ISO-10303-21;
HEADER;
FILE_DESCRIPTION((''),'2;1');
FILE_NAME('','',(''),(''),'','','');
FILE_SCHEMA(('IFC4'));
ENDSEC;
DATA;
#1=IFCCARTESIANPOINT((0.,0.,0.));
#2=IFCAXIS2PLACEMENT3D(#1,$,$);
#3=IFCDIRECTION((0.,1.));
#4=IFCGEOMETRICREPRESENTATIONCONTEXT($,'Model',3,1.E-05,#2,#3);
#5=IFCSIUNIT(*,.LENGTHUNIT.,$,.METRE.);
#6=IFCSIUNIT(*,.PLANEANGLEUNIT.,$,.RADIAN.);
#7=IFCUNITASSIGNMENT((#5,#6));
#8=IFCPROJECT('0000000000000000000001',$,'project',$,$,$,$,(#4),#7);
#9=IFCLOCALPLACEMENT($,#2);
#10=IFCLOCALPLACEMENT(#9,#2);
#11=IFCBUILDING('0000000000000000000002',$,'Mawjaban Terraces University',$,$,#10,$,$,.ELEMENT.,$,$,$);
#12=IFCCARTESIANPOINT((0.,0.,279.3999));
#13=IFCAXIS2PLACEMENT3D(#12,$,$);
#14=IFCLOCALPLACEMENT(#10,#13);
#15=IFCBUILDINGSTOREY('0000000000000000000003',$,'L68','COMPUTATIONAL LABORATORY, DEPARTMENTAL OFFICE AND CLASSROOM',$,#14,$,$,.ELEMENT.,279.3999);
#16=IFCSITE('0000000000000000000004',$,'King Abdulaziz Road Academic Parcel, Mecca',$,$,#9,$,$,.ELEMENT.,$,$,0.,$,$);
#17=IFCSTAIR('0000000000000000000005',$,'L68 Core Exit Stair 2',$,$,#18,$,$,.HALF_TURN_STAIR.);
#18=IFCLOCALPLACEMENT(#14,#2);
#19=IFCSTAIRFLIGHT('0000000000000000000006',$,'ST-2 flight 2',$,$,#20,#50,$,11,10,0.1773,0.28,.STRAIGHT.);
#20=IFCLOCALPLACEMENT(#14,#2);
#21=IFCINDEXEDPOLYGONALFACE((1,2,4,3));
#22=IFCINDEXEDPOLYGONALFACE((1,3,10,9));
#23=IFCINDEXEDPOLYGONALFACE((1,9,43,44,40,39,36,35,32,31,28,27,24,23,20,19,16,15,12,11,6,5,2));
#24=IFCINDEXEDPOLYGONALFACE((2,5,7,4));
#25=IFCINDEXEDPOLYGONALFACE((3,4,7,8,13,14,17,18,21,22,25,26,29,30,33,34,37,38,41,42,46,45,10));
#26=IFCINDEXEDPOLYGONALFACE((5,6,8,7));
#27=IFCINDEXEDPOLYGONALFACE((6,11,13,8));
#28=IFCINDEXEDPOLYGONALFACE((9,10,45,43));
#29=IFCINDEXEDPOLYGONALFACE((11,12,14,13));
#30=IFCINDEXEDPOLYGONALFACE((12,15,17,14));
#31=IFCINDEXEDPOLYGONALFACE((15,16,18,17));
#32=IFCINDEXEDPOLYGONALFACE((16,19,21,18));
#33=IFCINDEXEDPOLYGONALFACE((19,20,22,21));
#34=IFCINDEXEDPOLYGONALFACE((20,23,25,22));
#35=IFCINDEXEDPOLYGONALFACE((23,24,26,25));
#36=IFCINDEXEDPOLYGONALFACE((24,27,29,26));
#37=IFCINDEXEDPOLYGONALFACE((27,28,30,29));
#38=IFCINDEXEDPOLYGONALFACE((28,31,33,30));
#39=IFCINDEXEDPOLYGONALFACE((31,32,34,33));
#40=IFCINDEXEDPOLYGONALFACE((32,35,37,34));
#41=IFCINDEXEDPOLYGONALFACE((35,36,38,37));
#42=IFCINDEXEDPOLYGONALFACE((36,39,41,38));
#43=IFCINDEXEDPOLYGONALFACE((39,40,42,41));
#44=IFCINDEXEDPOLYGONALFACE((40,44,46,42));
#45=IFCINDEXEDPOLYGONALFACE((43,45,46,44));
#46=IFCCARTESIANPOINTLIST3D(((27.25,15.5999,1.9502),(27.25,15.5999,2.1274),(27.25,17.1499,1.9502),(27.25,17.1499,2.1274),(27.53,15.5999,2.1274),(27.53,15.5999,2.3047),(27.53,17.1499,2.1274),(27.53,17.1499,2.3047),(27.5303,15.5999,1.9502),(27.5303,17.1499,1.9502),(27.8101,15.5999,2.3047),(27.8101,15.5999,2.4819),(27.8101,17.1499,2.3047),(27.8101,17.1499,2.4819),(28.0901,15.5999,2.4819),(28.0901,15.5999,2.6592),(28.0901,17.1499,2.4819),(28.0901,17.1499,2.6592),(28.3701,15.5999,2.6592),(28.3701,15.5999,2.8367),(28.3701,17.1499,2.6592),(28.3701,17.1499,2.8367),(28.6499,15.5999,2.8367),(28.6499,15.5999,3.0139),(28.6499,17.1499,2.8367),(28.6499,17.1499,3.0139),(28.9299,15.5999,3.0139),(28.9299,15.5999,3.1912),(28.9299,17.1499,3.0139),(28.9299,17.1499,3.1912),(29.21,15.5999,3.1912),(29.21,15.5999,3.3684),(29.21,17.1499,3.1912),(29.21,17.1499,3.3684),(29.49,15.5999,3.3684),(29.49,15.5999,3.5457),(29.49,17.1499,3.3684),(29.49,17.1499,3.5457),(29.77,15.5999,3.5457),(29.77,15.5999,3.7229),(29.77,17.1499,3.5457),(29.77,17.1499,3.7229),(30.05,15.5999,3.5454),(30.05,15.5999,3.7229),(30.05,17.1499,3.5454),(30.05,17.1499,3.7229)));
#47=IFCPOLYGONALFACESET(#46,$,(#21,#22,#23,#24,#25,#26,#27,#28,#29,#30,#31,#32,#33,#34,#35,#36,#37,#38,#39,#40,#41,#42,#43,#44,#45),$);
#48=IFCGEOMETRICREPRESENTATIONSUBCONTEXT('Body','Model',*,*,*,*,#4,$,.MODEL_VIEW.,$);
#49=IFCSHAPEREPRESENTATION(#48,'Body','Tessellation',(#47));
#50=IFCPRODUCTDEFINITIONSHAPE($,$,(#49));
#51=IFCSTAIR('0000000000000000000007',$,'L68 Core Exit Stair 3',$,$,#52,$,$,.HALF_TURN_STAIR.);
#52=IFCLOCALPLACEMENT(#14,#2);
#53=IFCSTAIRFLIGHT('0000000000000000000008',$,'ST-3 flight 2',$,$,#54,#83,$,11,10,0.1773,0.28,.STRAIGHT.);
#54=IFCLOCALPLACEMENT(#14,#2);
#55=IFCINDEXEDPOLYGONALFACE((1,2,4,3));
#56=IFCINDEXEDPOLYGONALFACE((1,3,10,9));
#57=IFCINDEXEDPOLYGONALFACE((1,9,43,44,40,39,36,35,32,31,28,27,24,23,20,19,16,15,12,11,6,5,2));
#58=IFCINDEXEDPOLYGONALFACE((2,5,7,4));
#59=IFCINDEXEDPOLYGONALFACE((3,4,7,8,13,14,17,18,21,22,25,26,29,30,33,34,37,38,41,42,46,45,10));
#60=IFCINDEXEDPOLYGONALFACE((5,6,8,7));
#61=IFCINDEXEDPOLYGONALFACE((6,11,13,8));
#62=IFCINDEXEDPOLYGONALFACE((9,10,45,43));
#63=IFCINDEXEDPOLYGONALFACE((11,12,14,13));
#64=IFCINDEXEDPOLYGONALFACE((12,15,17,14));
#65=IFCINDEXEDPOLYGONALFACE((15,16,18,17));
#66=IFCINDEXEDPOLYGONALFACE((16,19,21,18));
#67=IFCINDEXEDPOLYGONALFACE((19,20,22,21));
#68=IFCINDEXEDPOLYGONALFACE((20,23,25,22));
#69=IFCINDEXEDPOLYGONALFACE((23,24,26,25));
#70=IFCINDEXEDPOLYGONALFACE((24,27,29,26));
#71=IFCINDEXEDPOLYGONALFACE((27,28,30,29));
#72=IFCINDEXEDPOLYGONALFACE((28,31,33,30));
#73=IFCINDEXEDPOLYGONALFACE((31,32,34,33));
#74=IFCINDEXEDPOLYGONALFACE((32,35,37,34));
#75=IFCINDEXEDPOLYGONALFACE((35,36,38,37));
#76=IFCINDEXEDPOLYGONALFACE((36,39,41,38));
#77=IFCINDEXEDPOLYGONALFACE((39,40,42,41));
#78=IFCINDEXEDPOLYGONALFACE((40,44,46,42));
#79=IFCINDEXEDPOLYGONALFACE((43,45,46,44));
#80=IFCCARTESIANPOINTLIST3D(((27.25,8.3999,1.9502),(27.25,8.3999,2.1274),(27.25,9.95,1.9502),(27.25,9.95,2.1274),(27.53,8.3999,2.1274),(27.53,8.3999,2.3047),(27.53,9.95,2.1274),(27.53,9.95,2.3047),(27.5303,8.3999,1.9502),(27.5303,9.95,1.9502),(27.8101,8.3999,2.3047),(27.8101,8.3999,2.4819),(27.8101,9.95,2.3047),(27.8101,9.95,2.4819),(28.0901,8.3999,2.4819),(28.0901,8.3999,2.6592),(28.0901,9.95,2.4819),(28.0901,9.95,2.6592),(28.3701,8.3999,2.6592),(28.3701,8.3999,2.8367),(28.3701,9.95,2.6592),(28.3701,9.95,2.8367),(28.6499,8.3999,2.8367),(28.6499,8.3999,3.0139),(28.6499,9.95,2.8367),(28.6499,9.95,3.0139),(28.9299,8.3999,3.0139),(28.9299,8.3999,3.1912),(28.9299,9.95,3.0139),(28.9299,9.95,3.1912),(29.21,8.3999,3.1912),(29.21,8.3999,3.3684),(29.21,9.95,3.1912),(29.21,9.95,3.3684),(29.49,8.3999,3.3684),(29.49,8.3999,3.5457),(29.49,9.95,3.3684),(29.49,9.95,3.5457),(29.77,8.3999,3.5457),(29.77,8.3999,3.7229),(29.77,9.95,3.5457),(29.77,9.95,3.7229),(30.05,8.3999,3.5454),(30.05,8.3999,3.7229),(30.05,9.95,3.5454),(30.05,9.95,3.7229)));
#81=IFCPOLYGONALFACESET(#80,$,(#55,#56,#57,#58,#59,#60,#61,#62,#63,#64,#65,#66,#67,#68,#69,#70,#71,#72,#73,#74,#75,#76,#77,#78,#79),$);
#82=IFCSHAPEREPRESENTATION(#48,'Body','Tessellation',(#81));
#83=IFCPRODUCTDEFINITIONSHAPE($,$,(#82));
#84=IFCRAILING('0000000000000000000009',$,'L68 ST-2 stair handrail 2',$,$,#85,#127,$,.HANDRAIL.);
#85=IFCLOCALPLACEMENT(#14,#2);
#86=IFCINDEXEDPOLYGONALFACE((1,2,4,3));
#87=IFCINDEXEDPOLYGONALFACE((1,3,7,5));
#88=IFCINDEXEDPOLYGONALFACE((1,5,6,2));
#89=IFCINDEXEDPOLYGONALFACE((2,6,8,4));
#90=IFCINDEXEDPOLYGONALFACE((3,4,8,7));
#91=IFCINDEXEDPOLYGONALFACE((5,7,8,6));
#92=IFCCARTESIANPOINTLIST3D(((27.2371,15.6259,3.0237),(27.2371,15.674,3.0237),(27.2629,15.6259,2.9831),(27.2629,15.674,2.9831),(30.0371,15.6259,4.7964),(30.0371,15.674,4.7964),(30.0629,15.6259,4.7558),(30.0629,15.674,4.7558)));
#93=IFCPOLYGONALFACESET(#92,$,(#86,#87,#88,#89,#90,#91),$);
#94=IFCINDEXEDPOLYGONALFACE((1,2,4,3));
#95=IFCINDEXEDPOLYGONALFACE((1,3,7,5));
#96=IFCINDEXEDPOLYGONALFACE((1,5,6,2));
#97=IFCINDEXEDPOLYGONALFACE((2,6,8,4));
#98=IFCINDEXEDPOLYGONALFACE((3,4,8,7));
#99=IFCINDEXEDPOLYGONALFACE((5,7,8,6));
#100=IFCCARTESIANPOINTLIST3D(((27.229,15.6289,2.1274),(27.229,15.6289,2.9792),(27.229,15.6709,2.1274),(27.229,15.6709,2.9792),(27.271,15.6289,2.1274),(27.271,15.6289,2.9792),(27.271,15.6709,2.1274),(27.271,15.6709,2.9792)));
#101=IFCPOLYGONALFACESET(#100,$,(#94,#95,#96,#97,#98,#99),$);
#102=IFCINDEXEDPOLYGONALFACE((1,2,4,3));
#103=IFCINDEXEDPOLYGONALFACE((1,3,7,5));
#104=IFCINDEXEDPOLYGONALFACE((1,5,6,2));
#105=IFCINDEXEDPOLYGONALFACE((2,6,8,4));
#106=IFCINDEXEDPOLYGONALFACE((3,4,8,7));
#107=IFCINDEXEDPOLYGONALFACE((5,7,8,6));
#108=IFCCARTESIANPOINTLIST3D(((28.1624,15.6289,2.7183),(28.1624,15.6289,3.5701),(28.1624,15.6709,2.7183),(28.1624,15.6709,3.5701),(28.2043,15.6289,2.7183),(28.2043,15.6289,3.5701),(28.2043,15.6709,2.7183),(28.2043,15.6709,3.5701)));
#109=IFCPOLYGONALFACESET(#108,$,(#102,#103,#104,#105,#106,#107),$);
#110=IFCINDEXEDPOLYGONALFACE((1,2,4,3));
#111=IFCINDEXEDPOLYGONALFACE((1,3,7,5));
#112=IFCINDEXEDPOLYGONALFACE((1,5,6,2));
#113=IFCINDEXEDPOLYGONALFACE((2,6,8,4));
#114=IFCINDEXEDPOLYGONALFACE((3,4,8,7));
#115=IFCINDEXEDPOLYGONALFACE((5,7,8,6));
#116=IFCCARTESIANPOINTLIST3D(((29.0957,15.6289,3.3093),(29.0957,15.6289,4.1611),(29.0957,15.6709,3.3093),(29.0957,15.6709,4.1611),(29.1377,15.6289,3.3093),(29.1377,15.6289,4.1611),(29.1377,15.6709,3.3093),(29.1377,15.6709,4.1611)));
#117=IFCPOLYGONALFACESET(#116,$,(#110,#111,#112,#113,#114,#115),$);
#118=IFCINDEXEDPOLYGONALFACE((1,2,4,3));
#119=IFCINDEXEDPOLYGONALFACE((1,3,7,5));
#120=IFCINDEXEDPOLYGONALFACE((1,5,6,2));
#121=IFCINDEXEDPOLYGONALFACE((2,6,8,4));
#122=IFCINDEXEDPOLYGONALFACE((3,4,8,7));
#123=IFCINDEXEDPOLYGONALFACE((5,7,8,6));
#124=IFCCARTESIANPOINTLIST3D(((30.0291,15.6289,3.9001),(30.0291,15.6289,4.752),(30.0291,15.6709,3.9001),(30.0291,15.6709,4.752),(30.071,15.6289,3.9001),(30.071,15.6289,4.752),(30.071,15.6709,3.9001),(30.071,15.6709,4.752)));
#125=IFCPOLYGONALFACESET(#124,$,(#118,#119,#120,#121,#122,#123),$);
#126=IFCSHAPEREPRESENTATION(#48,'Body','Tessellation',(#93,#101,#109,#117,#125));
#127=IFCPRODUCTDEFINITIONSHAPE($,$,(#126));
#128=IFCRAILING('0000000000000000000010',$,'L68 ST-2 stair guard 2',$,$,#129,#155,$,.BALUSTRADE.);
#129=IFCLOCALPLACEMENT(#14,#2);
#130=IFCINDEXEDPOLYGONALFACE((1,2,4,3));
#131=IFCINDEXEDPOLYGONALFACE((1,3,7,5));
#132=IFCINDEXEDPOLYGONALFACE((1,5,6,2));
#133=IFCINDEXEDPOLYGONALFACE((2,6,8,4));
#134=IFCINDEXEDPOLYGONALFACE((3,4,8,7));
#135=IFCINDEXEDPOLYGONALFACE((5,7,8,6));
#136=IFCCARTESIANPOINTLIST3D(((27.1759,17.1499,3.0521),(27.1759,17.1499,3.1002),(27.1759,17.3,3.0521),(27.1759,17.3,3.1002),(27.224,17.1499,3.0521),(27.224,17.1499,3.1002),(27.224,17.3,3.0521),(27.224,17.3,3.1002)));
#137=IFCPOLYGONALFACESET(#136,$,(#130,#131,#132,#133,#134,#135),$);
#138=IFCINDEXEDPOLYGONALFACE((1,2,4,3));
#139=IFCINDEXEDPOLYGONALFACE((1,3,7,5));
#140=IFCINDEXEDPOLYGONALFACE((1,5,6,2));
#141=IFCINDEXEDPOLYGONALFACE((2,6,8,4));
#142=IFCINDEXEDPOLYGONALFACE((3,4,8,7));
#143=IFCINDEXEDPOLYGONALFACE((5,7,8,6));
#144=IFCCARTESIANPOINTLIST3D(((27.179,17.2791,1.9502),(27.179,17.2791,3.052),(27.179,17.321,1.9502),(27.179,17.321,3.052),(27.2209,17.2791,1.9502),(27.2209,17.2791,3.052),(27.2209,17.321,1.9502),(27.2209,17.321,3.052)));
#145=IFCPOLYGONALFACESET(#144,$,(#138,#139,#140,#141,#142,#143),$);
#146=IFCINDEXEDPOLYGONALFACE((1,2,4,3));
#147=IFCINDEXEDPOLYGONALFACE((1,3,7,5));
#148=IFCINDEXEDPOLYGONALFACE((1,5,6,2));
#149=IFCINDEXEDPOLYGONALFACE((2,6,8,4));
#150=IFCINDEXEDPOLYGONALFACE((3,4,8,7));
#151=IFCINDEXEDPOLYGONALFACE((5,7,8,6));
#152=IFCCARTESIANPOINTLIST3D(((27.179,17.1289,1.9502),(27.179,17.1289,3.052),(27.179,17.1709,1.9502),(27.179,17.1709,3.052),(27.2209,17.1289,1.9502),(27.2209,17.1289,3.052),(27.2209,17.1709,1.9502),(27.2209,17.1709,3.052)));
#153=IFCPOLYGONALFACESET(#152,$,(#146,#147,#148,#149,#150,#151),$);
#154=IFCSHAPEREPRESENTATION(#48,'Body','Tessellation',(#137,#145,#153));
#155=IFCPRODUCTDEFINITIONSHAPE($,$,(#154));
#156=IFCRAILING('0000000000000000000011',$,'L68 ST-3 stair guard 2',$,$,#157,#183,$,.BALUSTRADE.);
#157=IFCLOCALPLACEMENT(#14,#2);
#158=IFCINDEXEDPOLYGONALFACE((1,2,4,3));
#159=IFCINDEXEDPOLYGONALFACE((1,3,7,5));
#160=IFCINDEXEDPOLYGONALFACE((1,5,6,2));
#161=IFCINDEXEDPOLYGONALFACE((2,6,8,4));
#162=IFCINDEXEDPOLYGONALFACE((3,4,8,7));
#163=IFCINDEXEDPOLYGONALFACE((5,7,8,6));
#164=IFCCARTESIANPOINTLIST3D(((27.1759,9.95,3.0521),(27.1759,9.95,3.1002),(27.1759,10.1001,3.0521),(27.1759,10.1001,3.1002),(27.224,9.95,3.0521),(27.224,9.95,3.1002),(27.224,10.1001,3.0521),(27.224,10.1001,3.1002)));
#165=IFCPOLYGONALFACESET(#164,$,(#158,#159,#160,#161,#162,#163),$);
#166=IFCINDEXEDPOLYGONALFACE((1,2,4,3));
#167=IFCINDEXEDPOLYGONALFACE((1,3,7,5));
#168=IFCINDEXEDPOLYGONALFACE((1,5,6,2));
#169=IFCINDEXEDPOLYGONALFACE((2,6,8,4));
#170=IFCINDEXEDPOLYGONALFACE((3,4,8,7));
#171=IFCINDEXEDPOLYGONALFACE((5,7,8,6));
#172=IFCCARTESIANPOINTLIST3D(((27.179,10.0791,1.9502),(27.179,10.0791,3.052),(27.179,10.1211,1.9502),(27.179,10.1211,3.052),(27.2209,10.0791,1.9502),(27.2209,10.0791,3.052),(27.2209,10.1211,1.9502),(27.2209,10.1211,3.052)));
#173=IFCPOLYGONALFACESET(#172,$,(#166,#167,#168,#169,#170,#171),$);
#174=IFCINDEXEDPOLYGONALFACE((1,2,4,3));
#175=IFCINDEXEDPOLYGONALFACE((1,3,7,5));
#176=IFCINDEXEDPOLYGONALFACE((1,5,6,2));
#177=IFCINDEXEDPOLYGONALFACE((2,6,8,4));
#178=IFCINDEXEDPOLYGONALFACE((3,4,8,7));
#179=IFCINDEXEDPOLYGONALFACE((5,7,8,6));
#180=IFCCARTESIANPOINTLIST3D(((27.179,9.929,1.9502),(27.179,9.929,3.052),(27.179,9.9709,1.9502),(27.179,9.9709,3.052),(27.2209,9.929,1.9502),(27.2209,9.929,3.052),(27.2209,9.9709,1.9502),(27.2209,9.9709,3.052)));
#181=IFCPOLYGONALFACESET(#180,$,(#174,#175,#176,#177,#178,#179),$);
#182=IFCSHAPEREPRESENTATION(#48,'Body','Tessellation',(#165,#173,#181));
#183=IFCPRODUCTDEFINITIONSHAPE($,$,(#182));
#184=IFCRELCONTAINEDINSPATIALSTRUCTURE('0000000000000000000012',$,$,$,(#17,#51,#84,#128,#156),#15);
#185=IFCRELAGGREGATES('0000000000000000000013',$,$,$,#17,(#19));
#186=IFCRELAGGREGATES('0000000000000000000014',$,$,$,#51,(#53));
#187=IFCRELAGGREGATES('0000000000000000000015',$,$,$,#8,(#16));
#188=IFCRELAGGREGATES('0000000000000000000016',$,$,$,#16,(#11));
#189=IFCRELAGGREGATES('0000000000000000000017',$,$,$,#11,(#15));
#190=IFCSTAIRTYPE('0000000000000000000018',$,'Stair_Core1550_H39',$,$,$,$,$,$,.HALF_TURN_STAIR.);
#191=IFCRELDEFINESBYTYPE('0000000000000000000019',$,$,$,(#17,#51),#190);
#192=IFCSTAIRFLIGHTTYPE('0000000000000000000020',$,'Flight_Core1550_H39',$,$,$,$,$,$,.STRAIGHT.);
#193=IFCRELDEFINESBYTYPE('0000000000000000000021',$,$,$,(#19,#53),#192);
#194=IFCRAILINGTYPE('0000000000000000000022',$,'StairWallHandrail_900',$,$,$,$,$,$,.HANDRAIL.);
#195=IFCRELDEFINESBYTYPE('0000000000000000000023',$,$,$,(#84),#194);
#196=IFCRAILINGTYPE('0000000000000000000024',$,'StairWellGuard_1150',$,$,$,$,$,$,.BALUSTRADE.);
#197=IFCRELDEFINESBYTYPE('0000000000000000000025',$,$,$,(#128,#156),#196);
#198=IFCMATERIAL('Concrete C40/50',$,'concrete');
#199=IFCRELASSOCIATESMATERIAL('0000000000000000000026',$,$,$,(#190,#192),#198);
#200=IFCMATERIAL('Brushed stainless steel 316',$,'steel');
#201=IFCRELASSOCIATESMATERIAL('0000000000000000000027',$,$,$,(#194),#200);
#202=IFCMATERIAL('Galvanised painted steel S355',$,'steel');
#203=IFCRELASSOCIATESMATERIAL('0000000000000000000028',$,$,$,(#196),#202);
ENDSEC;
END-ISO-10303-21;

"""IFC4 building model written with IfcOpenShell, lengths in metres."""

from ifc_helpers import new_model, si_unit, direction, frame, origin, origin_2d, place, context, subcontext, project, spatial, polyline, rectangle, outline, extrude, material, type_object, element, aggregate, save


model = new_model("IFC4")

# Units and contexts
model_context = context("Model", 3, precision=1e-05, world=origin(), true_north=direction((0.0, 1.0)))
body_context = subcontext(model_context, "Body", "Model", "MODEL_VIEW")
ifc_project = project(units=[si_unit("LENGTHUNIT", "METRE"), si_unit("PLANEANGLEUNIT", "RADIAN")], contexts=[model_context])

# Site, building, storey
site_placement = place(None, origin())
site = spatial("IfcSite", under=ifc_project, at=site_placement, Name="King Abdulaziz Road Academic Parcel, Mecca", CompositionType="ELEMENT", RefElevation=0.0)
building_placement = place(site_placement, origin())
building = spatial("IfcBuilding", under=site, at=building_placement, Name="Mawjaban Terraces University", CompositionType="ELEMENT")
storey_placement = place(building_placement, frame((0.0, 0.0, 279.3999)))
storey = spatial("IfcBuildingStorey", under=building, at=storey_placement, Name="L68", Description="COMPUTATIONAL LABORATORY, DEPARTMENTAL OFFICE AND CLASSROOM", CompositionType="ELEMENT", Elevation=279.3999)

# Shared definitions
ifc_material_1 = material(Name="Concrete C40/50", Category="concrete")

# Stairs, stair flights
stair_type = type_object("IfcStairType", Name="Stair_Core1550_H39", PredefinedType="HALF_TURN_STAIR", material=ifc_material_1)
stair_1_placement = place(storey_placement, origin())
stair_1 = element("IfcStair", 1, at=stair_1_placement, inside=storey, type_object=stair_type, Name="L68 Core Exit Stair 2", PredefinedType="HALF_TURN_STAIR")
stair_flight_type = type_object("IfcStairFlightType", Name="Flight_Core1550_H39", PredefinedType="STRAIGHT", material=ifc_material_1)
stair_flight_1_placement = place(storey_placement, frame((27.25, 16.375, 1.9502), z_axis=(0.0, 0.0, 1.0), x_axis=(1.0, 0.0, 0.0)))
stair_flight_1 = element("IfcStairFlight", 2, at=stair_flight_1_placement, type_object=stair_flight_type, Name="ST-2 flight 2", NumberOfRisers=11, NumberOfTreads=10, PredefinedType="STRAIGHT", RiserHeight=0.1773, TreadLength=0.28, context=body_context, shape_type="SweptSolid", body=[
    extrude(outline(polyline([(0.0, 0.0), (0.0, 0.1772), (0.28, 0.1772), (0.28, 0.3545), (0.5601, 0.3545), (0.5601, 0.5317), (0.8401, 0.5317), (0.8401, 0.709), (1.1201, 0.709), (1.1201, 0.8865), (1.3999, 0.8865), (1.3999, 1.0637), (1.6799, 1.0637), (1.6799, 1.241), (1.96, 1.241), (1.96, 1.4182), (2.24, 1.4182), (2.24, 1.5955), (2.52, 1.5955), (2.52, 1.7727), (2.8, 1.7727), (2.8, 1.95), (2.8, 1.5952), (0.2803, 0.0), (0.0, 0.0)])), frame((0.0, 0.7749, 0.0), z_axis=(0.0, -1.0, 0.0), x_axis=(1.0, 0.0, 0.0)), (0.0, 0.0, 1.0), 1.55),
])
aggregate(stair_1, [stair_flight_1])
stair_2_placement = place(storey_placement, origin())
stair_2 = element("IfcStair", 3, at=stair_2_placement, inside=storey, type_object=stair_type, Name="L68 Core Exit Stair 3", PredefinedType="HALF_TURN_STAIR")
stair_flight_2_placement = place(storey_placement, frame((27.25, 9.175, 1.9502), z_axis=(0.0, 0.0, 1.0), x_axis=(1.0, 0.0, 0.0)))
stair_flight_2 = element("IfcStairFlight", 4, at=stair_flight_2_placement, type_object=stair_flight_type, Name="ST-3 flight 2", NumberOfRisers=11, NumberOfTreads=10, PredefinedType="STRAIGHT", RiserHeight=0.1773, TreadLength=0.28, context=body_context, shape_type="SweptSolid", body=[
    extrude(outline(polyline([(0.0, 0.0), (0.0, 0.1772), (0.28, 0.1772), (0.28, 0.3545), (0.5601, 0.3545), (0.5601, 0.5317), (0.8401, 0.5317), (0.8401, 0.709), (1.1201, 0.709), (1.1201, 0.8865), (1.3999, 0.8865), (1.3999, 1.0637), (1.6799, 1.0637), (1.6799, 1.241), (1.96, 1.241), (1.96, 1.4182), (2.24, 1.4182), (2.24, 1.5955), (2.52, 1.5955), (2.52, 1.7727), (2.8, 1.7727), (2.8, 1.95), (2.8, 1.5952), (0.2803, 0.0), (0.0, 0.0)])), frame((0.0, 0.7749, 0.0), z_axis=(0.0, -1.0, 0.0), x_axis=(1.0, 0.0, 0.0)), (0.0, 0.0, 1.0), 1.55),
])
aggregate(stair_2, [stair_flight_2])

# Railings
ifc_material_2 = material(Name="Brushed stainless steel 316", Category="steel")
railing_type_1 = type_object("IfcRailingType", Name="StairWallHandrail_900", PredefinedType="HANDRAIL", material=ifc_material_2)
railing_1_placement = place(storey_placement, frame((27.25, 15.6499, 2.1274)))
element("IfcRailing", 5, at=railing_1_placement, inside=storey, type_object=railing_type_1, Name="L68 ST-2 stair handrail 2", PredefinedType="HANDRAIL", context=body_context, shape_type="SweptSolid", body=[
    extrude(rectangle(XDim=0.0481, YDim=0.0481, at=origin_2d()), frame((0.0, 0.0, 0.876), z_axis=(0.844909, 0.0, 0.53491), x_axis=(0.0, 1.0, 0.0)), (0.0, 0.0, 1.0), 3.314),
    extrude(rectangle(XDim=0.042, YDim=0.042, at=origin_2d()), origin(), (0.0, 0.0, 1.0), 0.8518),
    extrude(rectangle(XDim=0.042, YDim=0.042, at=origin_2d()), frame((0.9333, 0.0, 0.5908)), (0.0, 0.0, 1.0), 0.8518),
    extrude(rectangle(XDim=0.042, YDim=0.042, at=origin_2d()), frame((1.8667, 0.0, 1.1819)), (0.0, 0.0, 1.0), 0.8518),
    extrude(rectangle(XDim=0.042, YDim=0.042, at=origin_2d()), frame((2.8, 0.0, 1.7727)), (0.0, 0.0, 1.0), 0.8518),
])
ifc_material_3 = material(Name="Galvanised painted steel S355", Category="steel")
railing_type_2 = type_object("IfcRailingType", Name="StairWellGuard_1150", PredefinedType="BALUSTRADE", material=ifc_material_3)
for number, where, name in (
    (6, (27.2, 17.3, 1.9502), "L68 ST-2 stair guard 2"),
    (7, (27.2, 10.1001, 1.9502), "L68 ST-3 stair guard 2"),
):
    element("IfcRailing", number, at=place(storey_placement, frame(where)), inside=storey, type_object=railing_type_2, Name=name, PredefinedType="BALUSTRADE", context=body_context, shape_type="SweptSolid", body=[
        extrude(rectangle(XDim=0.0481, YDim=0.0481, at=origin_2d()), frame((0.0, 0.0, 1.126), z_axis=(0.0, -1.0, 0.0), x_axis=(1.0, 0.0, 0.0)), (0.0, 0.0, 1.0), 0.1501),
        extrude(rectangle(XDim=0.042, YDim=0.042, at=origin_2d()), origin(), (0.0, 0.0, 1.0), 1.1018),
        extrude(rectangle(XDim=0.042, YDim=0.042, at=origin_2d()), frame((0.0, -0.1501, 0.0)), (0.0, 0.0, 1.0), 1.1018),
    ])

save(model, "model.ifc")
